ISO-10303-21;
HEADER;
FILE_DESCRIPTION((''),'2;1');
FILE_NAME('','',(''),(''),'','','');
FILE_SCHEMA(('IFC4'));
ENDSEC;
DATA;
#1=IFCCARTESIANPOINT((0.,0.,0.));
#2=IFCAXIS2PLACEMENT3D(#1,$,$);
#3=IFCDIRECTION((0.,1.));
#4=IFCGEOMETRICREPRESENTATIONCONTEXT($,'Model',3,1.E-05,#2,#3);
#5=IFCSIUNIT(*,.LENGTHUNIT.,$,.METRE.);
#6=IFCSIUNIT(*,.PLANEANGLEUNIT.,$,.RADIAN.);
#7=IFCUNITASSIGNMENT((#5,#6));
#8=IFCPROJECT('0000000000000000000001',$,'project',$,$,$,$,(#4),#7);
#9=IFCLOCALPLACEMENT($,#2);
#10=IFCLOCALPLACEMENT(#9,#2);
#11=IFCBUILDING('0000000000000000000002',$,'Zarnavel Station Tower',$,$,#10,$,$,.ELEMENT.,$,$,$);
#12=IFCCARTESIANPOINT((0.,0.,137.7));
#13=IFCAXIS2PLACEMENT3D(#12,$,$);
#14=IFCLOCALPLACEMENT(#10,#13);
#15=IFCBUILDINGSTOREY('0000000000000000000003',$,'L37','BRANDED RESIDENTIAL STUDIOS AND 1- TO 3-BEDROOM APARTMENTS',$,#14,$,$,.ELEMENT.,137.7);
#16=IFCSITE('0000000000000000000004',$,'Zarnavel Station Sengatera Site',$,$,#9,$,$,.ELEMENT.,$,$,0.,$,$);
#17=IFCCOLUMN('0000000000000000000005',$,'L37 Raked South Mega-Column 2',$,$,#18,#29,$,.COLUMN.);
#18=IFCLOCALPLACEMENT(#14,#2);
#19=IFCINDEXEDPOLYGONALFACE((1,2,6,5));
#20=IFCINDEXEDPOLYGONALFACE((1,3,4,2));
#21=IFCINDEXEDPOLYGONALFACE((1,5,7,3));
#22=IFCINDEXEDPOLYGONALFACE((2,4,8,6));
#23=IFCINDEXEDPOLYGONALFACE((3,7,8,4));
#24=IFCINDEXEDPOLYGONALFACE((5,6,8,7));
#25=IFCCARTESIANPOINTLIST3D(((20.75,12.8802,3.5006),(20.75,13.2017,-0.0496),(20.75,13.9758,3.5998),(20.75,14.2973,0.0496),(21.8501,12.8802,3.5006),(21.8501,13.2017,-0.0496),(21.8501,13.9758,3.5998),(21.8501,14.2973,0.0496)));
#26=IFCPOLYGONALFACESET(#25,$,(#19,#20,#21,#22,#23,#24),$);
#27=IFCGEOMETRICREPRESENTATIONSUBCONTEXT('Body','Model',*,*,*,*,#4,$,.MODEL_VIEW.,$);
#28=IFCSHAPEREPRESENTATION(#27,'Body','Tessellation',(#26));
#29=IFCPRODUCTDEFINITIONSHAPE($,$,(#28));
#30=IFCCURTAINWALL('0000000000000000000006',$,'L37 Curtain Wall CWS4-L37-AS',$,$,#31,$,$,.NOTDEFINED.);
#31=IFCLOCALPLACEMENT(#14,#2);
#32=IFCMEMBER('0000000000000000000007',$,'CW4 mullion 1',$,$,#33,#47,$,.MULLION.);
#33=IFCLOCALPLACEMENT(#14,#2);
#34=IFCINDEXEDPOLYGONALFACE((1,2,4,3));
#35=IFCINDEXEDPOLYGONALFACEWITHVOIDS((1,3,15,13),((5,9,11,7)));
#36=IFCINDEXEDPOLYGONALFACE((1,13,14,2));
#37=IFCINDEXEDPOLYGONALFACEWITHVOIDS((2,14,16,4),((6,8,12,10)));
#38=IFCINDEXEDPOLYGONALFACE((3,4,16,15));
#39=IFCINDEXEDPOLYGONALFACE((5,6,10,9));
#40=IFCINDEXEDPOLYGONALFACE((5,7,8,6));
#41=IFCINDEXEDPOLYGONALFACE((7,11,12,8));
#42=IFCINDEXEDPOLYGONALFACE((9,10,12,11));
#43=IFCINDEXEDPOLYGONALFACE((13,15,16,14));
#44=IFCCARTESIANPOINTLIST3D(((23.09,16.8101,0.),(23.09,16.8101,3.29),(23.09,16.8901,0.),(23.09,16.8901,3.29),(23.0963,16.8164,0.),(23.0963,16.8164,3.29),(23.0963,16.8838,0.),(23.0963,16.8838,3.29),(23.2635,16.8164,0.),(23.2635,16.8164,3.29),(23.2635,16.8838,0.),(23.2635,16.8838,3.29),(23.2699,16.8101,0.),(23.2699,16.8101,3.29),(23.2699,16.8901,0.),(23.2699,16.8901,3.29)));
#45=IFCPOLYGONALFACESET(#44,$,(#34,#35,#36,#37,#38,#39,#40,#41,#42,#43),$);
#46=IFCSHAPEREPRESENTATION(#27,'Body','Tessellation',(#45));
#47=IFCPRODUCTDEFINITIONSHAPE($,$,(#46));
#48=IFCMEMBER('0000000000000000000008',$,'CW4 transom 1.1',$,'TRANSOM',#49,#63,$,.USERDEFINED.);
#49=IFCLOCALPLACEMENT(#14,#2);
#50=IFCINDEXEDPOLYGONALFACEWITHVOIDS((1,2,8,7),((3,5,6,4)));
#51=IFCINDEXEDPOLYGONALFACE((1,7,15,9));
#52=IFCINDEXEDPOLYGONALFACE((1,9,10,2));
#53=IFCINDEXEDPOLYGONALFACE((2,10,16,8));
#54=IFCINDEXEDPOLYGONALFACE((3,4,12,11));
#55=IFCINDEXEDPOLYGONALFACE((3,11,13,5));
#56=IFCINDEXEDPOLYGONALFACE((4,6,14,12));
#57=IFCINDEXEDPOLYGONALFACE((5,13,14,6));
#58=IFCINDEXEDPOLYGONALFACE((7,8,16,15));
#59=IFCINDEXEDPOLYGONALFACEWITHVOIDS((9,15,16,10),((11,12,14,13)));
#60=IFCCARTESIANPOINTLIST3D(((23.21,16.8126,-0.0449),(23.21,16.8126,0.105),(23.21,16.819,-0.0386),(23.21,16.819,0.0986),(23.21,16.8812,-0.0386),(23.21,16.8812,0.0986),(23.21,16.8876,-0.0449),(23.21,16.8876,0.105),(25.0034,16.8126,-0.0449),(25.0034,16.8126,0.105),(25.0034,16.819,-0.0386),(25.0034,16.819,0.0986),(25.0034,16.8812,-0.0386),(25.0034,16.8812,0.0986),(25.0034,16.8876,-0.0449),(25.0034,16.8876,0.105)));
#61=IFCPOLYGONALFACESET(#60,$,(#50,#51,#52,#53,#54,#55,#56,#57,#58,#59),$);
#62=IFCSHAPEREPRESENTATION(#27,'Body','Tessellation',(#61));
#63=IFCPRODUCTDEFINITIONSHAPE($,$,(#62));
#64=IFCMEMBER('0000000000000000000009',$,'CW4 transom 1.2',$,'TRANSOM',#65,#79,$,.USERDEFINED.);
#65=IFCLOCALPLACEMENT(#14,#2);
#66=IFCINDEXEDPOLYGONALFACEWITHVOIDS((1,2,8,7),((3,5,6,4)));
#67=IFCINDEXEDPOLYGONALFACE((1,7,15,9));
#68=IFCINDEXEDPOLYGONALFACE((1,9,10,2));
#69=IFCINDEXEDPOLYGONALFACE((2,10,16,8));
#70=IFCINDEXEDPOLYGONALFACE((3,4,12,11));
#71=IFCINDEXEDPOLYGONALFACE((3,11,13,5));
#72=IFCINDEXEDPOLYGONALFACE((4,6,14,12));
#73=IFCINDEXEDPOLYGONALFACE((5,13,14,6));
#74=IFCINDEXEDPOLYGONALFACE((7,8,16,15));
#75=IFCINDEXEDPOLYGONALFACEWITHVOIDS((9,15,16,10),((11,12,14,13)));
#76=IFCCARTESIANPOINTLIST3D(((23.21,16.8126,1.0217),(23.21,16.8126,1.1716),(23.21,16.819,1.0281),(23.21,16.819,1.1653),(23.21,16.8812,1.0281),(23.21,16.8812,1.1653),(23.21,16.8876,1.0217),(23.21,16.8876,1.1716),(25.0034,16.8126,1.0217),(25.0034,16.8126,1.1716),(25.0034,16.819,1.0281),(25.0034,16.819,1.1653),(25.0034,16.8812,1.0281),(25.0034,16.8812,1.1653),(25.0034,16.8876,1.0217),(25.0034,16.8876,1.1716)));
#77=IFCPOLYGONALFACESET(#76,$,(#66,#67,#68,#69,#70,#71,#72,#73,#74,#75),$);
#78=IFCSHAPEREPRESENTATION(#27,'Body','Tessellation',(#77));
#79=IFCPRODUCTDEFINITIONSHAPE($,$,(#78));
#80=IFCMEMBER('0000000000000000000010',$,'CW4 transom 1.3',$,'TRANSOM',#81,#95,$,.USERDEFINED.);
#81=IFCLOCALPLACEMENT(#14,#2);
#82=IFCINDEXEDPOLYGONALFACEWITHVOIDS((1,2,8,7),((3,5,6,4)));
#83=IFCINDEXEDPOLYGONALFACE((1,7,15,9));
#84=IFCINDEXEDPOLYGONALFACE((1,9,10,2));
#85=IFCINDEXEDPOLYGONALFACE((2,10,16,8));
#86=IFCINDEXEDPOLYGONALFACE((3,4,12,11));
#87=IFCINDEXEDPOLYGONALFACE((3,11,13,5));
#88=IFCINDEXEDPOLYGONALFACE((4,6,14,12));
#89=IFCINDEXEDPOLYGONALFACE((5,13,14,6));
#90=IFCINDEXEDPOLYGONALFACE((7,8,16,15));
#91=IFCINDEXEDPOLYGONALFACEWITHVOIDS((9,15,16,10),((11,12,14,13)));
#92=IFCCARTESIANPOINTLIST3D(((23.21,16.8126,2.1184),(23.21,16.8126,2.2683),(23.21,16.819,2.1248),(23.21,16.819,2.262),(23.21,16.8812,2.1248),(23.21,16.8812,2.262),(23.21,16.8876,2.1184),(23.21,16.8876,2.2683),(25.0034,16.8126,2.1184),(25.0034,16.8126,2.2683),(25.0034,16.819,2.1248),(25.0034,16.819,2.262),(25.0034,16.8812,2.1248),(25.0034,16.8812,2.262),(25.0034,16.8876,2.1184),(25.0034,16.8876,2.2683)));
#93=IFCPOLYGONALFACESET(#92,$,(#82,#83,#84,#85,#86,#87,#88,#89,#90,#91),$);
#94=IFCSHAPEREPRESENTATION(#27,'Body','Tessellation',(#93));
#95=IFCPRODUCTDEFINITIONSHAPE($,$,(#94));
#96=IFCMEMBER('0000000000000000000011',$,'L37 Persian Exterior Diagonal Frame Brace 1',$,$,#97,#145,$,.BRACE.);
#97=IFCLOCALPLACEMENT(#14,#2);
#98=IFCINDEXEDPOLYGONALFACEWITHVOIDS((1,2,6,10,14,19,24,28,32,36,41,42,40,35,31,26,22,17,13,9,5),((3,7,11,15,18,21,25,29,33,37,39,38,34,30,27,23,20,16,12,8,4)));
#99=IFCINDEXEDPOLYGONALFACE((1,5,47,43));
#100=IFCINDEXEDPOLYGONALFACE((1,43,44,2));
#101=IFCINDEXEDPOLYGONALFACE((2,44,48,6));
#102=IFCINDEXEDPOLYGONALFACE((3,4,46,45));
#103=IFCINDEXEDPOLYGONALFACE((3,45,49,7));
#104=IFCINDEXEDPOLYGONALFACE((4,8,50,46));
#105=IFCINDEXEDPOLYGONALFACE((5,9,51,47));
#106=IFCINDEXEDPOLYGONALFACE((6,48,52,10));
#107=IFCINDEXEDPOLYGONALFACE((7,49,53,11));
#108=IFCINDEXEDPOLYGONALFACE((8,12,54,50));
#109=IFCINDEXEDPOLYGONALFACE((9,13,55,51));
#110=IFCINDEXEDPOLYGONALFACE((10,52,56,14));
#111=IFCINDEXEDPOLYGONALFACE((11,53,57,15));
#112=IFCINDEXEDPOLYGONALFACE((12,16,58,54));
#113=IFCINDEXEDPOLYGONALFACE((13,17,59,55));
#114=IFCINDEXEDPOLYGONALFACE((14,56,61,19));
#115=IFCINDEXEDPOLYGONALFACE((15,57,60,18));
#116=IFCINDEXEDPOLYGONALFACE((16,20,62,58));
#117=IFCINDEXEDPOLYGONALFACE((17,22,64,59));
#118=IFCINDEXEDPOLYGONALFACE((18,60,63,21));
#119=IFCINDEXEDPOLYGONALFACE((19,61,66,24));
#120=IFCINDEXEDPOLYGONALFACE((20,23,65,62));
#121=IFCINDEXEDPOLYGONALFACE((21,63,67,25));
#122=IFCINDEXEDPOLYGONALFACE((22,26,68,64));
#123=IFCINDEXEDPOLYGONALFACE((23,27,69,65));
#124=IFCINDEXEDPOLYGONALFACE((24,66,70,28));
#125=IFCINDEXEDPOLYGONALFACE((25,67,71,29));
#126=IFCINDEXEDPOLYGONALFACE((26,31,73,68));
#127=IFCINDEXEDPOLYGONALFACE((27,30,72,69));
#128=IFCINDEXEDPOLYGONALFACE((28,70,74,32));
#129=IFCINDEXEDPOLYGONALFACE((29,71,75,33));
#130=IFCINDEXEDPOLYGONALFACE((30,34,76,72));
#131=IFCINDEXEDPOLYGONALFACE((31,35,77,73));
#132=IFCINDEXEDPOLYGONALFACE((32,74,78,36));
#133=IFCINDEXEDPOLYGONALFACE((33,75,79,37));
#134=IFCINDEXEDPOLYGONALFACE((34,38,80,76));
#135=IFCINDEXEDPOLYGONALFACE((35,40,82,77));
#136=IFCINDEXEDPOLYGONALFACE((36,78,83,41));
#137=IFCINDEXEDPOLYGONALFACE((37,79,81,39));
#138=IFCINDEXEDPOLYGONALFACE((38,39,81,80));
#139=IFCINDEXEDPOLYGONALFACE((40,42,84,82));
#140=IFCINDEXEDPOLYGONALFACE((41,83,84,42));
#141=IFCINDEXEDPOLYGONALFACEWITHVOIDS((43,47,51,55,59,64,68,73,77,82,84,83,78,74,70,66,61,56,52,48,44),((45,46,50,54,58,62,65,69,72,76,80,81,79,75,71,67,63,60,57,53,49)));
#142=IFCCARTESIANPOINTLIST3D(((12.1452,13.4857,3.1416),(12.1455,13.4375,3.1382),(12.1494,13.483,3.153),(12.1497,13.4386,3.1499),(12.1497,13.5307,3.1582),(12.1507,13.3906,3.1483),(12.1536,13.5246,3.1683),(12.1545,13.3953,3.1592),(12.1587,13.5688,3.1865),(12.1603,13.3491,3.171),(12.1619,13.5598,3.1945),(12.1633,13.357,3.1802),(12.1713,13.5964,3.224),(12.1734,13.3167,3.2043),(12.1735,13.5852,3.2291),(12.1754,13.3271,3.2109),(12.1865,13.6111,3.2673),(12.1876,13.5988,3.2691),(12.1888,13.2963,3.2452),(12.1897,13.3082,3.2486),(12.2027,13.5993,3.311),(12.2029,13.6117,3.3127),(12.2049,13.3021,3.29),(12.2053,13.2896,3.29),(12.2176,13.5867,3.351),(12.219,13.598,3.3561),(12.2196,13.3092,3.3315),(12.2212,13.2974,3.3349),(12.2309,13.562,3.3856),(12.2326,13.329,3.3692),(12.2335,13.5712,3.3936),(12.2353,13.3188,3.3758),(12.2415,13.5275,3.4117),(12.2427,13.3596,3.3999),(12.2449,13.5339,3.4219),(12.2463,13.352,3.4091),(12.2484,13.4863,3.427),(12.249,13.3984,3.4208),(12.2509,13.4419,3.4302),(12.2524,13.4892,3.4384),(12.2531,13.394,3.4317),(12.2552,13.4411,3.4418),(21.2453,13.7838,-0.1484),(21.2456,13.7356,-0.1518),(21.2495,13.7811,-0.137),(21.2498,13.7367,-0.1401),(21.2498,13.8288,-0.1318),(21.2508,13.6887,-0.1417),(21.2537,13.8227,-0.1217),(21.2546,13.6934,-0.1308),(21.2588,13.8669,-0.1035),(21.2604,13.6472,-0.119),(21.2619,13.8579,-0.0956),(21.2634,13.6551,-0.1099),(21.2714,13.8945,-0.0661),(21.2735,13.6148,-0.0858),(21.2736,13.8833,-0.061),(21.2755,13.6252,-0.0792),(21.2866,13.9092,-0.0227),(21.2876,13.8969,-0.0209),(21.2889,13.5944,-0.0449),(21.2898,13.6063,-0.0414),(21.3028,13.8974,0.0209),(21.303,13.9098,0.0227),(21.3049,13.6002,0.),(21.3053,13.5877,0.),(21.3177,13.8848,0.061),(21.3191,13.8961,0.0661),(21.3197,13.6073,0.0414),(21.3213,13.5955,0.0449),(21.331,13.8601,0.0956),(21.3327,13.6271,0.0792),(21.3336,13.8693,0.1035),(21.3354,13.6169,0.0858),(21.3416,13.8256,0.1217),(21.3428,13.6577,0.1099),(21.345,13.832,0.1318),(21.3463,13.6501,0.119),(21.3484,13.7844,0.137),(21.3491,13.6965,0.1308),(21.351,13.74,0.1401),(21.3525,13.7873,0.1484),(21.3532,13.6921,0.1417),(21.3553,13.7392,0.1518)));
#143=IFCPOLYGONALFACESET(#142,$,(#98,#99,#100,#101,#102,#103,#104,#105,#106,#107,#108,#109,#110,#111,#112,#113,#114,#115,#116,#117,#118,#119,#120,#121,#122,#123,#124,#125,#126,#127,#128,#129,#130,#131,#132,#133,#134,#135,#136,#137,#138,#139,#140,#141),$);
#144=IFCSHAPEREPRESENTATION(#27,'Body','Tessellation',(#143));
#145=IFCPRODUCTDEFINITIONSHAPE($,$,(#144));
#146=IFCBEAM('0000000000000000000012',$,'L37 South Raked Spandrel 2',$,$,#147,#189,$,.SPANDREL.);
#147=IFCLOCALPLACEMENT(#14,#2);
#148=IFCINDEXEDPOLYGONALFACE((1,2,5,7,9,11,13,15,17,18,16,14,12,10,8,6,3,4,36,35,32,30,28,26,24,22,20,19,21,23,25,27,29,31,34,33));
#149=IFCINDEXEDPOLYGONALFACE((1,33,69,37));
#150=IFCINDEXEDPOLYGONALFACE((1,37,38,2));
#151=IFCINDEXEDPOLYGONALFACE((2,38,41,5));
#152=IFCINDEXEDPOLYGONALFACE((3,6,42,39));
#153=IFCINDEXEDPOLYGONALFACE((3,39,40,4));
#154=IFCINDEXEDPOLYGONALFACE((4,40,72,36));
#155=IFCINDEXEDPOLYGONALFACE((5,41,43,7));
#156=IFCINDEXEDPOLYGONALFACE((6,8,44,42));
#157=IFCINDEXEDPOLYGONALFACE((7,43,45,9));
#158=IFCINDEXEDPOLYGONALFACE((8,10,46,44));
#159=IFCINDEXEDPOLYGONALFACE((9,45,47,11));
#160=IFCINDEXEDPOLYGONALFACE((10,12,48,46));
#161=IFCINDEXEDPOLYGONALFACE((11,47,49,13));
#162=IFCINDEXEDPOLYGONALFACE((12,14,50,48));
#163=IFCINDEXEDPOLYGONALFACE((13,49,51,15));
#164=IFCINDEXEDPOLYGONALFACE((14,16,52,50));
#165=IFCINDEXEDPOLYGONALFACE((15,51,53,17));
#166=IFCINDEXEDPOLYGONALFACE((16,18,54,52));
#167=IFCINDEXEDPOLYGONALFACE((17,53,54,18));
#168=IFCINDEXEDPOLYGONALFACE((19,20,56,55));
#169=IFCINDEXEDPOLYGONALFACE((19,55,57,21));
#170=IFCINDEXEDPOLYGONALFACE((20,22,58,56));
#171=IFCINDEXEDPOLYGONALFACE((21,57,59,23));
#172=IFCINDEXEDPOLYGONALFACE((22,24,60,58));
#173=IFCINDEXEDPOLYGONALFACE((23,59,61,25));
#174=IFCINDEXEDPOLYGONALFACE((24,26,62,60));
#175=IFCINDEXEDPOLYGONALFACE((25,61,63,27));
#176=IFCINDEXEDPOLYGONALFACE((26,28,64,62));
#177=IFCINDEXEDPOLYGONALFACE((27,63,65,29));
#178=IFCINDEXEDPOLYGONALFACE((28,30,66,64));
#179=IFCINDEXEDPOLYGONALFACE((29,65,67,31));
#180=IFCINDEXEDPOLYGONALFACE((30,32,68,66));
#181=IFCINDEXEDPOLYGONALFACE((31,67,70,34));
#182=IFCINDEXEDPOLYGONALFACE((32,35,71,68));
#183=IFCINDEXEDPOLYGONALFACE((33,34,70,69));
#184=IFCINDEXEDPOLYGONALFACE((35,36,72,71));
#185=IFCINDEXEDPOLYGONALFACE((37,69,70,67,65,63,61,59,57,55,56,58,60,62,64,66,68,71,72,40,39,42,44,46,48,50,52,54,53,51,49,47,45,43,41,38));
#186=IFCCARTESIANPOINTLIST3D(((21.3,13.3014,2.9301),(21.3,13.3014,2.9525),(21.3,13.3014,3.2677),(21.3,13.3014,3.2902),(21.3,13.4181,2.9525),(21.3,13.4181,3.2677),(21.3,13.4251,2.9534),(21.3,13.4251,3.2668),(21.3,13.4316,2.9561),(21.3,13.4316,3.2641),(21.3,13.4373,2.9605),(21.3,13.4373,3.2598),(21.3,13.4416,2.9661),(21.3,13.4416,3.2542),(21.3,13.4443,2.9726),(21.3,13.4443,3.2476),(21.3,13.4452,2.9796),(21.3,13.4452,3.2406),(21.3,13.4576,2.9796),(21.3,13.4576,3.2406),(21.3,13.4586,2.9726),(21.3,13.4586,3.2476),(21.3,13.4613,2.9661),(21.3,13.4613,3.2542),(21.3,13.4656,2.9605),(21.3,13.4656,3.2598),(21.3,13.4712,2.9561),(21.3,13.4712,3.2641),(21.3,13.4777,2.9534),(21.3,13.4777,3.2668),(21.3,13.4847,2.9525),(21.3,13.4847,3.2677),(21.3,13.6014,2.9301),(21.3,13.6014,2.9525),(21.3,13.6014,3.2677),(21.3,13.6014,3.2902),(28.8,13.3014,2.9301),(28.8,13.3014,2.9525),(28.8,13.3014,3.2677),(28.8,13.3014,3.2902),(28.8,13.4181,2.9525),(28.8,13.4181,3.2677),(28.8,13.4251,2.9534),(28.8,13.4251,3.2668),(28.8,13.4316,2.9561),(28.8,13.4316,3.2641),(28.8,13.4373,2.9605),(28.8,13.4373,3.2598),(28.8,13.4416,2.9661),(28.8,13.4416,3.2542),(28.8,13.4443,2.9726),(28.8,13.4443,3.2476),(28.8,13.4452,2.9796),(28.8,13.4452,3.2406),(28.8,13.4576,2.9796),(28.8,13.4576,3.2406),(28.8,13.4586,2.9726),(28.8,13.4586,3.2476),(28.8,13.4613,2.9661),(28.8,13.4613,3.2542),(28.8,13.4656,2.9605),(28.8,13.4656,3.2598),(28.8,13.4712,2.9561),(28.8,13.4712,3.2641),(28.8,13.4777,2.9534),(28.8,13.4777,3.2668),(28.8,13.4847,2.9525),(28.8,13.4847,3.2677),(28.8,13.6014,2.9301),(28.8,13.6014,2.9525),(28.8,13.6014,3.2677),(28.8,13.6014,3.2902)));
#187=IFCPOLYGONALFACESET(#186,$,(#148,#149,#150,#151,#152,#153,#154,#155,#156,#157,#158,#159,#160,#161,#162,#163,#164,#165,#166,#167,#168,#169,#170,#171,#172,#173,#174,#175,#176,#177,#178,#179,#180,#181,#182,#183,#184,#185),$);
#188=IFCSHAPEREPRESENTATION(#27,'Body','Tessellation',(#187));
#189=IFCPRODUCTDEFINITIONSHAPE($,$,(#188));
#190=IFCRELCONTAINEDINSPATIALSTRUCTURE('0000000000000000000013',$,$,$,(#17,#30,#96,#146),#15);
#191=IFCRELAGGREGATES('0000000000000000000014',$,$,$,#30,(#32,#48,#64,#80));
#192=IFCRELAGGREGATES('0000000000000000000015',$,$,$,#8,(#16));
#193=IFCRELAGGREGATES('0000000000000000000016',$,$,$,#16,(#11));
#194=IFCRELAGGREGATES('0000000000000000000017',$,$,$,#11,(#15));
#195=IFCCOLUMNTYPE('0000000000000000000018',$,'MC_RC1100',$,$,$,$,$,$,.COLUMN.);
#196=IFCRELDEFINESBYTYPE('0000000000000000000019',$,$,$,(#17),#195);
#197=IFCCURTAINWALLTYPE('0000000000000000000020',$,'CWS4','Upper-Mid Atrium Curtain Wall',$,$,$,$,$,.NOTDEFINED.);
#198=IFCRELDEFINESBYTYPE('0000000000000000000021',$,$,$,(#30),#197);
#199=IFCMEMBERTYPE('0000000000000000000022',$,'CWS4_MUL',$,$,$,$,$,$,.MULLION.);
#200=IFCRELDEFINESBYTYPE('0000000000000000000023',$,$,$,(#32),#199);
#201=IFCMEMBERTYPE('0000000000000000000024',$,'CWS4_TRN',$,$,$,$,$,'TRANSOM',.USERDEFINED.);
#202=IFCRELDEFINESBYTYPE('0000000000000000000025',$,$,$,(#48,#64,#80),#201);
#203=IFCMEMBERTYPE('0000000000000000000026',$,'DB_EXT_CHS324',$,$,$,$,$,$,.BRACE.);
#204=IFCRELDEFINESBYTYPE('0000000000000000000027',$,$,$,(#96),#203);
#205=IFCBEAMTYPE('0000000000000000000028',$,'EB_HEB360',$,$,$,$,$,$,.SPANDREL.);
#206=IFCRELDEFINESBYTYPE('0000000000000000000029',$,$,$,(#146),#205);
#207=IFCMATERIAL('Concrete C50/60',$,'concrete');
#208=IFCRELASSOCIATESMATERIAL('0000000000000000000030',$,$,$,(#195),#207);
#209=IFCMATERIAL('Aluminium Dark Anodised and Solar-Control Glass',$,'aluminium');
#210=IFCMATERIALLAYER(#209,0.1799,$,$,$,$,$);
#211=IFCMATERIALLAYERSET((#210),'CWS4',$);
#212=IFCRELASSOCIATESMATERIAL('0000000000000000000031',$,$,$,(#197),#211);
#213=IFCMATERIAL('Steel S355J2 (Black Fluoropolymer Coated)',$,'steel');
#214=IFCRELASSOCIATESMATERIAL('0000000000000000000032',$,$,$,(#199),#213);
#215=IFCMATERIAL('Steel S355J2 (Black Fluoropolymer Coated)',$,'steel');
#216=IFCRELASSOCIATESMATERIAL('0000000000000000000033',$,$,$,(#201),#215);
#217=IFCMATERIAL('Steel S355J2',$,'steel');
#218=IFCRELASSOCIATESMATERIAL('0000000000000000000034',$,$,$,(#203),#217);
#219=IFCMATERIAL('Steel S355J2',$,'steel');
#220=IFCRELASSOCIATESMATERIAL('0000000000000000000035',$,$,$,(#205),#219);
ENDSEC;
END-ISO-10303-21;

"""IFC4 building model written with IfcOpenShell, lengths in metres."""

from ifc_helpers import new_model, si_unit, direction, frame, origin, origin_2d, place, context, subcontext, project, spatial, rectangle, hollow_rectangle, hollow_circle, i_section, extrude, material, layer, layer_set, material_profile, profile_set, type_object, element, aggregate, save


model = new_model("IFC4")

# Units and contexts
model_context = context("Model", 3, precision=1e-05, world=origin(), true_north=direction((0.0, 1.0)))
body_context = subcontext(model_context, "Body", "Model", "MODEL_VIEW")
ifc_project = project(units=[si_unit("LENGTHUNIT", "METRE"), si_unit("PLANEANGLEUNIT", "RADIAN")], contexts=[model_context])

# Site, building, storey
site_placement = place(None, origin())
site = spatial("IfcSite", under=ifc_project, at=site_placement, Name="Zarnavel Station Sengatera Site", CompositionType="ELEMENT", RefElevation=0.0)
building_placement = place(site_placement, origin())
building = spatial("IfcBuilding", under=site, at=building_placement, Name="Zarnavel Station Tower", CompositionType="ELEMENT")
storey_placement = place(building_placement, frame((0.0, 0.0, 137.7)))
storey = spatial("IfcBuildingStorey", under=building, at=storey_placement, Name="L37", Description="BRANDED RESIDENTIAL STUDIOS AND 1- TO 3-BEDROOM APARTMENTS", CompositionType="ELEMENT", Elevation=137.7)

# Column
ifc_material_1 = material(Name="Concrete C50/60", Category="concrete")
ifc_material_profile_1 = material_profile(ifc_material_1, rectangle(XDim=1.1001, YDim=1.1001, at=origin_2d()), Name="RC1100x1100")
ifc_profile_set_1 = profile_set([ifc_material_profile_1], Name="Concrete C50/60")
column_type = type_object("IfcColumnType", Name="MC_RC1100", PredefinedType="COLUMN", material=ifc_profile_set_1)
column_placement = place(storey_placement, frame((21.3, 13.7495, 0.0), z_axis=(0.0, -0.090202, 0.995923), x_axis=(1.0, 0.0, 0.0)))
element("IfcColumn", 1, at=column_placement, inside=storey, type_object=column_type, Name="L37 Raked South Mega-Column 2", PredefinedType="COLUMN", context=body_context, shape_type="SweptSolid", body=[
    extrude(rectangle(XDim=1.1001, YDim=1.1001, at=origin_2d()), origin(), (0.0, 0.0, 1.0), 3.5647),
])

# Curtain wall, members
ifc_material_2 = material(Name="Aluminium Dark Anodised and Solar-Control Glass", Category="aluminium")
ifc_layer_1 = layer(ifc_material_2, 0.1799)
ifc_layer_set_1 = layer_set([ifc_layer_1], Name="CWS4")
curtain_wall_type = type_object("IfcCurtainWallType", Name="CWS4", Description="Upper-Mid Atrium Curtain Wall", PredefinedType="NOTDEFINED", material=ifc_layer_set_1)
curtain_wall_placement = place(storey_placement, origin())
curtain_wall = element("IfcCurtainWall", 2, at=curtain_wall_placement, inside=storey, type_object=curtain_wall_type, Name="L37 Curtain Wall CWS4-L37-AS", PredefinedType="NOTDEFINED")
ifc_material_3 = material(Name="Steel S355J2 (Black Fluoropolymer Coated)", Category="steel")
ifc_material_profile_2 = material_profile(ifc_material_3, hollow_rectangle(XDim=0.0801, YDim=0.1799, WallThickness=0.0063, at=origin_2d()), Name="RHS180x80x6.3")
ifc_profile_set_2 = profile_set([ifc_material_profile_2], Name="Steel S355J2 (Black Fluoropolymer Coated)")
member_type_1 = type_object("IfcMemberType", Name="CWS4_MUL", PredefinedType="MULLION", material=ifc_profile_set_2)
member_1_placement = place(storey_placement, frame((23.1799, 16.8501, 0.0), z_axis=(0.0, 0.0, 1.0), x_axis=(0.0, 1.0, 0.0)))
member_1 = element("IfcMember", 3, at=member_1_placement, type_object=member_type_1, Name="CW4 mullion 1", PredefinedType="MULLION", context=body_context, shape_type="SweptSolid", body=[
    extrude(hollow_rectangle(XDim=0.0801, YDim=0.1799, WallThickness=0.0063, at=origin_2d()), origin(), (0.0, 0.0, 1.0), 3.29),
])
ifc_material_4 = material(Name="Steel S355J2 (Black Fluoropolymer Coated)", Category="steel")
ifc_material_profile_3 = material_profile(ifc_material_4, hollow_rectangle(XDim=0.075, YDim=0.1499, WallThickness=0.0063, at=origin_2d()), Name="RHS150x75x6.3")
ifc_profile_set_3 = profile_set([ifc_material_profile_3], Name="Steel S355J2 (Black Fluoropolymer Coated)")
member_type_2 = type_object("IfcMemberType", Name="CWS4_TRN", ElementType="TRANSOM", PredefinedType="USERDEFINED", material=ifc_profile_set_3)
member_2_placement = place(storey_placement, frame((23.21, 16.8501, 0.03), z_axis=(1.0, 0.0, 0.0), x_axis=(0.0, 1.0, 0.0)))
member_2 = element("IfcMember", 4, at=member_2_placement, type_object=member_type_2, Name="CW4 transom 1.1", ObjectType="TRANSOM", PredefinedType="USERDEFINED", context=body_context, shape_type="SweptSolid", body=[
    extrude(hollow_rectangle(XDim=0.075, YDim=0.1499, WallThickness=0.0063, at=origin_2d()), origin(), (0.0, 0.0, 1.0), 1.7935),
])
member_3_placement = place(storey_placement, frame((23.21, 16.8501, 1.0967), z_axis=(1.0, 0.0, 0.0), x_axis=(0.0, 1.0, 0.0)))
member_3 = element("IfcMember", 5, at=member_3_placement, type_object=member_type_2, Name="CW4 transom 1.2", ObjectType="TRANSOM", PredefinedType="USERDEFINED", context=body_context, shape_type="SweptSolid", body=[
    extrude(hollow_rectangle(XDim=0.075, YDim=0.1499, WallThickness=0.0063, at=origin_2d()), origin(), (0.0, 0.0, 1.0), 1.7935),
])
member_4_placement = place(storey_placement, frame((23.21, 16.8501, 2.1934), z_axis=(1.0, 0.0, 0.0), x_axis=(0.0, 1.0, 0.0)))
member_4 = element("IfcMember", 6, at=member_4_placement, type_object=member_type_2, Name="CW4 transom 1.3", ObjectType="TRANSOM", PredefinedType="USERDEFINED", context=body_context, shape_type="SweptSolid", body=[
    extrude(hollow_rectangle(XDim=0.075, YDim=0.1499, WallThickness=0.0063, at=origin_2d()), origin(), (0.0, 0.0, 1.0), 1.7935),
])
aggregate(curtain_wall, [member_1, member_2, member_3, member_4])

# Member
ifc_material_5 = material(Name="Steel S355J2", Category="steel")
ifc_material_profile_4 = material_profile(ifc_material_5, hollow_circle(Radius=0.1619, WallThickness=0.0125, at=origin_2d()), Name="CHS323.9x12.5")
ifc_profile_set_4 = profile_set([ifc_material_profile_4], Name="Steel S355J2")
member_type_3 = type_object("IfcMemberType", Name="DB_EXT_CHS324", PredefinedType="BRACE", material=ifc_profile_set_4)
member_5_placement = place(storey_placement, frame((21.3, 13.7495, 0.0), z_axis=(-0.939979, -0.030791, 0.339839), x_axis=(0.03274, -0.999464, 0.0)))
element("IfcMember", 7, at=member_5_placement, inside=storey, type_object=member_type_3, Name="L37 Persian Exterior Diagonal Frame Brace 1", PredefinedType="BRACE", context=body_context, shape_type="SweptSolid", body=[
    extrude(hollow_circle(Radius=0.1619, WallThickness=0.0125, at=origin_2d()), origin(), (0.0, 0.0, 1.0), 9.6812),
])

# Beam
ifc_material_6 = material(Name="Steel S355J2", Category="steel")
ifc_material_profile_5 = material_profile(ifc_material_6, i_section(OverallWidth=0.3, OverallDepth=0.3601, WebThickness=0.0125, FlangeThickness=0.0225, FilletRadius=0.0271, at=origin_2d()), Name="HEB360")
ifc_profile_set_5 = profile_set([ifc_material_profile_5], Name="Steel S355J2")
beam_type_1 = type_object("IfcBeamType", Name="EB_HEB360", PredefinedType="SPANDREL", material=ifc_profile_set_5)
beam_1_placement = place(storey_placement, frame((21.3, 13.4514, 3.1101), z_axis=(1.0, 0.0, 0.0), x_axis=(0.0, 1.0, 0.0)))
element("IfcBeam", 8, at=beam_1_placement, inside=storey, type_object=beam_type_1, Name="L37 South Raked Spandrel 2", PredefinedType="SPANDREL", context=body_context, shape_type="SweptSolid", body=[
    extrude(i_section(OverallWidth=0.3, OverallDepth=0.3601, WebThickness=0.0125, FlangeThickness=0.0225, FilletRadius=0.0271, at=origin_2d()), origin(), (0.0, 0.0, 1.0), 7.5),
])

save(model, "model.ifc")
